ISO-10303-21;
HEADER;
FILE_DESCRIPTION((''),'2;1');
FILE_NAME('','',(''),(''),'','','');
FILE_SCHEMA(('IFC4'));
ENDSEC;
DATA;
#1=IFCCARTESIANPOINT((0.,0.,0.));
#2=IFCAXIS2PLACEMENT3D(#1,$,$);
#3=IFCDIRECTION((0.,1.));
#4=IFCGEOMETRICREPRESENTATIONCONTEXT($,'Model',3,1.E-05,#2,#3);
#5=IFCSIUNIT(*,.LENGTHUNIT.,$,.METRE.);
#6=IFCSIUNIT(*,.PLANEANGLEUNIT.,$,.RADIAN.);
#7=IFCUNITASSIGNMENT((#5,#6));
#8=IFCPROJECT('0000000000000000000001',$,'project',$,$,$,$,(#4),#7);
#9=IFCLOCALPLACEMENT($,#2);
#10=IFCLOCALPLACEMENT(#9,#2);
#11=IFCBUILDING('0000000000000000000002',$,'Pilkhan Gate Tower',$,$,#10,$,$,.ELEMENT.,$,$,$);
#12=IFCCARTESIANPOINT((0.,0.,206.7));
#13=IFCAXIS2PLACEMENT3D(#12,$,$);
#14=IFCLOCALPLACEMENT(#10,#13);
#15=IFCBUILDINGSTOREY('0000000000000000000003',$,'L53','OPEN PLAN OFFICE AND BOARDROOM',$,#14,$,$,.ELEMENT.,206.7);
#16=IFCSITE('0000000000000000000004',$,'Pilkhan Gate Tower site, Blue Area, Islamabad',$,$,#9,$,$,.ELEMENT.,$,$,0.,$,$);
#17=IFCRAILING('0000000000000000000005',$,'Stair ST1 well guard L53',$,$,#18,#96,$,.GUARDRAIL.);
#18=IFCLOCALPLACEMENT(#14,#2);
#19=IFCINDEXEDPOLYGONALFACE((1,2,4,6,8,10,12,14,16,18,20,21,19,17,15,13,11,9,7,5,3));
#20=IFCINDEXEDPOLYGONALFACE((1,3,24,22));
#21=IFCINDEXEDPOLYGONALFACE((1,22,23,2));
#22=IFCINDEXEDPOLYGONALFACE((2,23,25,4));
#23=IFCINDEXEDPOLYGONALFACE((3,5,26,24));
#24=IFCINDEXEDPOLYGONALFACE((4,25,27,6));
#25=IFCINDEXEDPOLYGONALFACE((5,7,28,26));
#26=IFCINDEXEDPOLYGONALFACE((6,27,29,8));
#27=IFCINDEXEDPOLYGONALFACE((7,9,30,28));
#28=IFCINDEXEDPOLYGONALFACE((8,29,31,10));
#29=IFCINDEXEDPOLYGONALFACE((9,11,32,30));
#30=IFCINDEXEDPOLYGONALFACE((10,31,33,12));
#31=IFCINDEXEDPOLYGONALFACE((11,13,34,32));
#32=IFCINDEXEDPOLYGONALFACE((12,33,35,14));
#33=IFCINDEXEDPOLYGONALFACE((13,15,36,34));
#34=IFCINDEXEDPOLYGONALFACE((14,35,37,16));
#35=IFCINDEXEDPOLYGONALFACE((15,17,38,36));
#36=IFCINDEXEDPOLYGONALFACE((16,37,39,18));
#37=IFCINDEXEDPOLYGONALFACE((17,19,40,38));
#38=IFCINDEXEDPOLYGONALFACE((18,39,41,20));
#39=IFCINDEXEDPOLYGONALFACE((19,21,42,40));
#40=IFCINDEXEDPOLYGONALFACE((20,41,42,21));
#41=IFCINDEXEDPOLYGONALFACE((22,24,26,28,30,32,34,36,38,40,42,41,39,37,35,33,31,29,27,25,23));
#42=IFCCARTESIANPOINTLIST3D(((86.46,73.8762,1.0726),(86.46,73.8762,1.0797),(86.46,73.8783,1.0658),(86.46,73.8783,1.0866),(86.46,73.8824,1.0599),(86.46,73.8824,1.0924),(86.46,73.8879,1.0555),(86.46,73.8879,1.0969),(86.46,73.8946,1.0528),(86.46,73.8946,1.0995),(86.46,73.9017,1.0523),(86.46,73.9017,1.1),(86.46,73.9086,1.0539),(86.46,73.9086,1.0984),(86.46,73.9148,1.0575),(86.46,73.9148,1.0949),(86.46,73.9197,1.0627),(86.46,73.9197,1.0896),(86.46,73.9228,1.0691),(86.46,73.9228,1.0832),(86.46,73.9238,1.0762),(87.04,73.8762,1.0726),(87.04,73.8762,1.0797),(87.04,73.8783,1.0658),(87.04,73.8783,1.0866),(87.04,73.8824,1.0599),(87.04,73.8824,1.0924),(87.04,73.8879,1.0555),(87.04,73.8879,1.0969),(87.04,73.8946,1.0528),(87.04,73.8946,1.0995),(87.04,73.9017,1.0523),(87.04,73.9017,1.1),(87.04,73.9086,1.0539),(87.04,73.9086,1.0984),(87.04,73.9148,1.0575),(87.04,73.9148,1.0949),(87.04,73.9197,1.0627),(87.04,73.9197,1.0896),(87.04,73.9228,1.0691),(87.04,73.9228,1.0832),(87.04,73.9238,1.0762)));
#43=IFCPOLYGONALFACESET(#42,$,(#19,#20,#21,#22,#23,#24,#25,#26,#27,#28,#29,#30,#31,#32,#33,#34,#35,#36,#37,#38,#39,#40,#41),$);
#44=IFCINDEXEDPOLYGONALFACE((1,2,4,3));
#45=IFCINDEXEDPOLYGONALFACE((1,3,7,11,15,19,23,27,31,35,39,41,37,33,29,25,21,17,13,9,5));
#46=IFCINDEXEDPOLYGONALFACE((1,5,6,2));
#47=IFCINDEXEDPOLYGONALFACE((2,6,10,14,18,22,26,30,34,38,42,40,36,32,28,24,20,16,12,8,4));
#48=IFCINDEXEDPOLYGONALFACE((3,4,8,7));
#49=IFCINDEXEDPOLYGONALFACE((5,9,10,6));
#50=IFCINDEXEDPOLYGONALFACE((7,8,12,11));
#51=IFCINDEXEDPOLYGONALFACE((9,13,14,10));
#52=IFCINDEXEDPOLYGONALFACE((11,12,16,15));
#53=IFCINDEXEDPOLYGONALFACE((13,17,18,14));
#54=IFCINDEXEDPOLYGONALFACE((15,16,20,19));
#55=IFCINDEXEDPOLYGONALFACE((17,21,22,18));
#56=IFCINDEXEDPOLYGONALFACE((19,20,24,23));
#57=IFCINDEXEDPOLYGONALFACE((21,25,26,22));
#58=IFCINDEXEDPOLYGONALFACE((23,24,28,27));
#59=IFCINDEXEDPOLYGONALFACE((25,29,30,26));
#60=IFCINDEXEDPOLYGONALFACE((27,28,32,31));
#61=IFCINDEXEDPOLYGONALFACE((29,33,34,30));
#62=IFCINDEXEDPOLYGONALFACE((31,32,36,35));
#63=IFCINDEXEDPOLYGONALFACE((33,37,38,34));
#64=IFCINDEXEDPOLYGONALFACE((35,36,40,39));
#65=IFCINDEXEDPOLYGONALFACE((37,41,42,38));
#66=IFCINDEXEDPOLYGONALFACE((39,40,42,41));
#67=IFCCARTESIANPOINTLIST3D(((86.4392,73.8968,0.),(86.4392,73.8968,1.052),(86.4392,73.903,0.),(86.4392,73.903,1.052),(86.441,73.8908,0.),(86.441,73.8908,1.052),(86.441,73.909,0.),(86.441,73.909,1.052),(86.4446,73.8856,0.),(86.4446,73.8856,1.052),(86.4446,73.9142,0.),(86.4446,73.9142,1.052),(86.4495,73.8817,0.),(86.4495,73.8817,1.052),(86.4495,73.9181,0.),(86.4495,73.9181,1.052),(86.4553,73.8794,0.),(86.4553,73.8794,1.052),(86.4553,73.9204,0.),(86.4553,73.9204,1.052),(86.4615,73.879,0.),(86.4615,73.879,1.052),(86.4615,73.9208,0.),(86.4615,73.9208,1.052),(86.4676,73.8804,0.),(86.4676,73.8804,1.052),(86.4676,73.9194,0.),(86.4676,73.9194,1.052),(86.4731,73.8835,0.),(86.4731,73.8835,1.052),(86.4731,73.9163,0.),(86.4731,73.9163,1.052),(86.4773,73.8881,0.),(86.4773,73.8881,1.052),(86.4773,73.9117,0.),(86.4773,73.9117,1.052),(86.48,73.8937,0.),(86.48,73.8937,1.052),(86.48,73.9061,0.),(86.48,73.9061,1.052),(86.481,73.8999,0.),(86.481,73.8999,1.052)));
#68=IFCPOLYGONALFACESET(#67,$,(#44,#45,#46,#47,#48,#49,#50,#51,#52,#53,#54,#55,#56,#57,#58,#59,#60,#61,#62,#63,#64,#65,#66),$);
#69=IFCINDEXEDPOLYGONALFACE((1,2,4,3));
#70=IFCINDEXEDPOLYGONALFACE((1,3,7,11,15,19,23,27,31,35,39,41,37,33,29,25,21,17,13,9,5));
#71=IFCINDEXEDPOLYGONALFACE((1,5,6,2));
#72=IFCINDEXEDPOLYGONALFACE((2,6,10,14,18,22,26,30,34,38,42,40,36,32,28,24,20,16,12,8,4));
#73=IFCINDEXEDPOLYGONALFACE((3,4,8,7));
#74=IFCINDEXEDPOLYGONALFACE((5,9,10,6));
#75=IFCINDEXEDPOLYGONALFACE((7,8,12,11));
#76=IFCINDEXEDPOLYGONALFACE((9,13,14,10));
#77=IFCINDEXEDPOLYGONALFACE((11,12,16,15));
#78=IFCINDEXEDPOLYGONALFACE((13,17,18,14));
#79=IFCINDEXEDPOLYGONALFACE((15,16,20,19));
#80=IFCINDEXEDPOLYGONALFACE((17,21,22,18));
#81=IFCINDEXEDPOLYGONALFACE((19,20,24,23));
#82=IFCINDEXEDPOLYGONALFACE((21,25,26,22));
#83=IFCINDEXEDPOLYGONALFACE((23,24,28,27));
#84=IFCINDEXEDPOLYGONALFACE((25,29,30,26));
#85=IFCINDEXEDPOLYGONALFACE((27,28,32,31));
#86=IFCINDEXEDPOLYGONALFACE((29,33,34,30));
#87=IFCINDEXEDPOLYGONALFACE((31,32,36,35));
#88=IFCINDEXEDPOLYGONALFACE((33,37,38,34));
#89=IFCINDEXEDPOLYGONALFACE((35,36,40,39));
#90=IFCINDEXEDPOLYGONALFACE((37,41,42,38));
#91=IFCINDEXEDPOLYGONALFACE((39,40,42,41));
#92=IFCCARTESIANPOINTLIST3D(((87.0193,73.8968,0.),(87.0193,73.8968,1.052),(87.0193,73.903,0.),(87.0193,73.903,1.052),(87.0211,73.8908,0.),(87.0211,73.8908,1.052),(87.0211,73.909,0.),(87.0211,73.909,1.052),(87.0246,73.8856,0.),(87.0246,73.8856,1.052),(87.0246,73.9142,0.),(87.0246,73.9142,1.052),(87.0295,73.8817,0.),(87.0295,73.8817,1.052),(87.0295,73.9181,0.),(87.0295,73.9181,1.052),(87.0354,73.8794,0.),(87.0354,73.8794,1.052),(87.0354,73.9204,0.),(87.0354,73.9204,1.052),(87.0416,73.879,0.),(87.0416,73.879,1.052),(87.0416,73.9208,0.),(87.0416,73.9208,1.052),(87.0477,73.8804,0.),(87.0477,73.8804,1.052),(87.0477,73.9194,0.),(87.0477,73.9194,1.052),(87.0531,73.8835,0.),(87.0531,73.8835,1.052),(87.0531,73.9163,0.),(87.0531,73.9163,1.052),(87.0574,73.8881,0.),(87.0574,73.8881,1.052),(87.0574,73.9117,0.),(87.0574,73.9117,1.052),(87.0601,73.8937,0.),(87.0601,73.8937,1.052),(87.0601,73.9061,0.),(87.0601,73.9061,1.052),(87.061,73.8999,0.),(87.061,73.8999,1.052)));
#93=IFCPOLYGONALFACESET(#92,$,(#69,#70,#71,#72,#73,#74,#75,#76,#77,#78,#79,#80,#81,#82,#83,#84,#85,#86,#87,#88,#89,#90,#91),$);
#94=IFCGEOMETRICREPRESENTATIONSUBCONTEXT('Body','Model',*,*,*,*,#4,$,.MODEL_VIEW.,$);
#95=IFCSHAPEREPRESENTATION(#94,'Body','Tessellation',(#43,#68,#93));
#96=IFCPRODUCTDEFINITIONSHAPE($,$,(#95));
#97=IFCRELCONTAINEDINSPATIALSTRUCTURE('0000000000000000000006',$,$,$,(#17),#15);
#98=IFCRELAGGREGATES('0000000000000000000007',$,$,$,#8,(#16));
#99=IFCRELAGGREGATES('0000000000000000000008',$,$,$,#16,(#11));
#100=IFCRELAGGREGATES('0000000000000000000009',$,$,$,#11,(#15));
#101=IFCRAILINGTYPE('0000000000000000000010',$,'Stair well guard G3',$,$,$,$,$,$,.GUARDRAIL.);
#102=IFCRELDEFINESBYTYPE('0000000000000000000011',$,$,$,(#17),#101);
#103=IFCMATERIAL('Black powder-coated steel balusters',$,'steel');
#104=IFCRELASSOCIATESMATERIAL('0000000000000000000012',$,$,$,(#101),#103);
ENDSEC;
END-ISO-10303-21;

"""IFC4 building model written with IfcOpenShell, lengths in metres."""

from ifc_helpers import new_model, si_unit, direction, frame, origin, origin_2d, place, context, subcontext, project, spatial, circle, extrude, material, type_object, element, save


model = new_model("IFC4")

# Units and contexts
model_context = context("Model", 3, precision=1e-05, world=origin(), true_north=direction((0.0, 1.0)))
body_context = subcontext(model_context, "Body", "Model", "MODEL_VIEW")
ifc_project = project(units=[si_unit("LENGTHUNIT", "METRE"), si_unit("PLANEANGLEUNIT", "RADIAN")], contexts=[model_context])

# Site, building, storey
site_placement = place(None, origin())
site = spatial("IfcSite", under=ifc_project, at=site_placement, Name="Pilkhan Gate Tower site, Blue Area, Islamabad", CompositionType="ELEMENT", RefElevation=0.0)
building_placement = place(site_placement, origin())
building = spatial("IfcBuilding", under=site, at=building_placement, Name="Pilkhan Gate Tower", CompositionType="ELEMENT")
storey_placement = place(building_placement, frame((0.0, 0.0, 206.7)))
storey = spatial("IfcBuildingStorey", under=building, at=storey_placement, Name="L53", Description="OPEN PLAN OFFICE AND BOARDROOM", CompositionType="ELEMENT", Elevation=206.7)

# Railing
ifc_material_1 = material(Name="Black powder-coated steel balusters", Category="steel")
railing_type_1 = type_object("IfcRailingType", Name="Stair well guard G3", PredefinedType="GUARDRAIL", material=ifc_material_1)
railing_1_placement = place(storey_placement, frame((86.46, 73.8999, 0.0)))
element("IfcRailing", 1, at=railing_1_placement, inside=storey, type_object=railing_type_1, Name="Stair ST1 well guard L53", PredefinedType="GUARDRAIL", context=body_context, shape_type="SweptSolid", body=[
    extrude(circle(Radius=0.0239, at=origin_2d()), frame((0.0, 0.0, 1.0762), z_axis=(1.0, 0.0, 0.0), x_axis=(0.0, 1.0, 0.0)), (0.0, 0.0, 1.0), 0.5801),
    extrude(circle(Radius=0.021, at=origin_2d()), origin(), (0.0, 0.0, 1.0), 1.052),
    extrude(circle(Radius=0.021, at=origin_2d()), frame((0.5801, 0.0, 0.0)), (0.0, 0.0, 1.0), 1.052),
])

save(model, "model.ifc")
